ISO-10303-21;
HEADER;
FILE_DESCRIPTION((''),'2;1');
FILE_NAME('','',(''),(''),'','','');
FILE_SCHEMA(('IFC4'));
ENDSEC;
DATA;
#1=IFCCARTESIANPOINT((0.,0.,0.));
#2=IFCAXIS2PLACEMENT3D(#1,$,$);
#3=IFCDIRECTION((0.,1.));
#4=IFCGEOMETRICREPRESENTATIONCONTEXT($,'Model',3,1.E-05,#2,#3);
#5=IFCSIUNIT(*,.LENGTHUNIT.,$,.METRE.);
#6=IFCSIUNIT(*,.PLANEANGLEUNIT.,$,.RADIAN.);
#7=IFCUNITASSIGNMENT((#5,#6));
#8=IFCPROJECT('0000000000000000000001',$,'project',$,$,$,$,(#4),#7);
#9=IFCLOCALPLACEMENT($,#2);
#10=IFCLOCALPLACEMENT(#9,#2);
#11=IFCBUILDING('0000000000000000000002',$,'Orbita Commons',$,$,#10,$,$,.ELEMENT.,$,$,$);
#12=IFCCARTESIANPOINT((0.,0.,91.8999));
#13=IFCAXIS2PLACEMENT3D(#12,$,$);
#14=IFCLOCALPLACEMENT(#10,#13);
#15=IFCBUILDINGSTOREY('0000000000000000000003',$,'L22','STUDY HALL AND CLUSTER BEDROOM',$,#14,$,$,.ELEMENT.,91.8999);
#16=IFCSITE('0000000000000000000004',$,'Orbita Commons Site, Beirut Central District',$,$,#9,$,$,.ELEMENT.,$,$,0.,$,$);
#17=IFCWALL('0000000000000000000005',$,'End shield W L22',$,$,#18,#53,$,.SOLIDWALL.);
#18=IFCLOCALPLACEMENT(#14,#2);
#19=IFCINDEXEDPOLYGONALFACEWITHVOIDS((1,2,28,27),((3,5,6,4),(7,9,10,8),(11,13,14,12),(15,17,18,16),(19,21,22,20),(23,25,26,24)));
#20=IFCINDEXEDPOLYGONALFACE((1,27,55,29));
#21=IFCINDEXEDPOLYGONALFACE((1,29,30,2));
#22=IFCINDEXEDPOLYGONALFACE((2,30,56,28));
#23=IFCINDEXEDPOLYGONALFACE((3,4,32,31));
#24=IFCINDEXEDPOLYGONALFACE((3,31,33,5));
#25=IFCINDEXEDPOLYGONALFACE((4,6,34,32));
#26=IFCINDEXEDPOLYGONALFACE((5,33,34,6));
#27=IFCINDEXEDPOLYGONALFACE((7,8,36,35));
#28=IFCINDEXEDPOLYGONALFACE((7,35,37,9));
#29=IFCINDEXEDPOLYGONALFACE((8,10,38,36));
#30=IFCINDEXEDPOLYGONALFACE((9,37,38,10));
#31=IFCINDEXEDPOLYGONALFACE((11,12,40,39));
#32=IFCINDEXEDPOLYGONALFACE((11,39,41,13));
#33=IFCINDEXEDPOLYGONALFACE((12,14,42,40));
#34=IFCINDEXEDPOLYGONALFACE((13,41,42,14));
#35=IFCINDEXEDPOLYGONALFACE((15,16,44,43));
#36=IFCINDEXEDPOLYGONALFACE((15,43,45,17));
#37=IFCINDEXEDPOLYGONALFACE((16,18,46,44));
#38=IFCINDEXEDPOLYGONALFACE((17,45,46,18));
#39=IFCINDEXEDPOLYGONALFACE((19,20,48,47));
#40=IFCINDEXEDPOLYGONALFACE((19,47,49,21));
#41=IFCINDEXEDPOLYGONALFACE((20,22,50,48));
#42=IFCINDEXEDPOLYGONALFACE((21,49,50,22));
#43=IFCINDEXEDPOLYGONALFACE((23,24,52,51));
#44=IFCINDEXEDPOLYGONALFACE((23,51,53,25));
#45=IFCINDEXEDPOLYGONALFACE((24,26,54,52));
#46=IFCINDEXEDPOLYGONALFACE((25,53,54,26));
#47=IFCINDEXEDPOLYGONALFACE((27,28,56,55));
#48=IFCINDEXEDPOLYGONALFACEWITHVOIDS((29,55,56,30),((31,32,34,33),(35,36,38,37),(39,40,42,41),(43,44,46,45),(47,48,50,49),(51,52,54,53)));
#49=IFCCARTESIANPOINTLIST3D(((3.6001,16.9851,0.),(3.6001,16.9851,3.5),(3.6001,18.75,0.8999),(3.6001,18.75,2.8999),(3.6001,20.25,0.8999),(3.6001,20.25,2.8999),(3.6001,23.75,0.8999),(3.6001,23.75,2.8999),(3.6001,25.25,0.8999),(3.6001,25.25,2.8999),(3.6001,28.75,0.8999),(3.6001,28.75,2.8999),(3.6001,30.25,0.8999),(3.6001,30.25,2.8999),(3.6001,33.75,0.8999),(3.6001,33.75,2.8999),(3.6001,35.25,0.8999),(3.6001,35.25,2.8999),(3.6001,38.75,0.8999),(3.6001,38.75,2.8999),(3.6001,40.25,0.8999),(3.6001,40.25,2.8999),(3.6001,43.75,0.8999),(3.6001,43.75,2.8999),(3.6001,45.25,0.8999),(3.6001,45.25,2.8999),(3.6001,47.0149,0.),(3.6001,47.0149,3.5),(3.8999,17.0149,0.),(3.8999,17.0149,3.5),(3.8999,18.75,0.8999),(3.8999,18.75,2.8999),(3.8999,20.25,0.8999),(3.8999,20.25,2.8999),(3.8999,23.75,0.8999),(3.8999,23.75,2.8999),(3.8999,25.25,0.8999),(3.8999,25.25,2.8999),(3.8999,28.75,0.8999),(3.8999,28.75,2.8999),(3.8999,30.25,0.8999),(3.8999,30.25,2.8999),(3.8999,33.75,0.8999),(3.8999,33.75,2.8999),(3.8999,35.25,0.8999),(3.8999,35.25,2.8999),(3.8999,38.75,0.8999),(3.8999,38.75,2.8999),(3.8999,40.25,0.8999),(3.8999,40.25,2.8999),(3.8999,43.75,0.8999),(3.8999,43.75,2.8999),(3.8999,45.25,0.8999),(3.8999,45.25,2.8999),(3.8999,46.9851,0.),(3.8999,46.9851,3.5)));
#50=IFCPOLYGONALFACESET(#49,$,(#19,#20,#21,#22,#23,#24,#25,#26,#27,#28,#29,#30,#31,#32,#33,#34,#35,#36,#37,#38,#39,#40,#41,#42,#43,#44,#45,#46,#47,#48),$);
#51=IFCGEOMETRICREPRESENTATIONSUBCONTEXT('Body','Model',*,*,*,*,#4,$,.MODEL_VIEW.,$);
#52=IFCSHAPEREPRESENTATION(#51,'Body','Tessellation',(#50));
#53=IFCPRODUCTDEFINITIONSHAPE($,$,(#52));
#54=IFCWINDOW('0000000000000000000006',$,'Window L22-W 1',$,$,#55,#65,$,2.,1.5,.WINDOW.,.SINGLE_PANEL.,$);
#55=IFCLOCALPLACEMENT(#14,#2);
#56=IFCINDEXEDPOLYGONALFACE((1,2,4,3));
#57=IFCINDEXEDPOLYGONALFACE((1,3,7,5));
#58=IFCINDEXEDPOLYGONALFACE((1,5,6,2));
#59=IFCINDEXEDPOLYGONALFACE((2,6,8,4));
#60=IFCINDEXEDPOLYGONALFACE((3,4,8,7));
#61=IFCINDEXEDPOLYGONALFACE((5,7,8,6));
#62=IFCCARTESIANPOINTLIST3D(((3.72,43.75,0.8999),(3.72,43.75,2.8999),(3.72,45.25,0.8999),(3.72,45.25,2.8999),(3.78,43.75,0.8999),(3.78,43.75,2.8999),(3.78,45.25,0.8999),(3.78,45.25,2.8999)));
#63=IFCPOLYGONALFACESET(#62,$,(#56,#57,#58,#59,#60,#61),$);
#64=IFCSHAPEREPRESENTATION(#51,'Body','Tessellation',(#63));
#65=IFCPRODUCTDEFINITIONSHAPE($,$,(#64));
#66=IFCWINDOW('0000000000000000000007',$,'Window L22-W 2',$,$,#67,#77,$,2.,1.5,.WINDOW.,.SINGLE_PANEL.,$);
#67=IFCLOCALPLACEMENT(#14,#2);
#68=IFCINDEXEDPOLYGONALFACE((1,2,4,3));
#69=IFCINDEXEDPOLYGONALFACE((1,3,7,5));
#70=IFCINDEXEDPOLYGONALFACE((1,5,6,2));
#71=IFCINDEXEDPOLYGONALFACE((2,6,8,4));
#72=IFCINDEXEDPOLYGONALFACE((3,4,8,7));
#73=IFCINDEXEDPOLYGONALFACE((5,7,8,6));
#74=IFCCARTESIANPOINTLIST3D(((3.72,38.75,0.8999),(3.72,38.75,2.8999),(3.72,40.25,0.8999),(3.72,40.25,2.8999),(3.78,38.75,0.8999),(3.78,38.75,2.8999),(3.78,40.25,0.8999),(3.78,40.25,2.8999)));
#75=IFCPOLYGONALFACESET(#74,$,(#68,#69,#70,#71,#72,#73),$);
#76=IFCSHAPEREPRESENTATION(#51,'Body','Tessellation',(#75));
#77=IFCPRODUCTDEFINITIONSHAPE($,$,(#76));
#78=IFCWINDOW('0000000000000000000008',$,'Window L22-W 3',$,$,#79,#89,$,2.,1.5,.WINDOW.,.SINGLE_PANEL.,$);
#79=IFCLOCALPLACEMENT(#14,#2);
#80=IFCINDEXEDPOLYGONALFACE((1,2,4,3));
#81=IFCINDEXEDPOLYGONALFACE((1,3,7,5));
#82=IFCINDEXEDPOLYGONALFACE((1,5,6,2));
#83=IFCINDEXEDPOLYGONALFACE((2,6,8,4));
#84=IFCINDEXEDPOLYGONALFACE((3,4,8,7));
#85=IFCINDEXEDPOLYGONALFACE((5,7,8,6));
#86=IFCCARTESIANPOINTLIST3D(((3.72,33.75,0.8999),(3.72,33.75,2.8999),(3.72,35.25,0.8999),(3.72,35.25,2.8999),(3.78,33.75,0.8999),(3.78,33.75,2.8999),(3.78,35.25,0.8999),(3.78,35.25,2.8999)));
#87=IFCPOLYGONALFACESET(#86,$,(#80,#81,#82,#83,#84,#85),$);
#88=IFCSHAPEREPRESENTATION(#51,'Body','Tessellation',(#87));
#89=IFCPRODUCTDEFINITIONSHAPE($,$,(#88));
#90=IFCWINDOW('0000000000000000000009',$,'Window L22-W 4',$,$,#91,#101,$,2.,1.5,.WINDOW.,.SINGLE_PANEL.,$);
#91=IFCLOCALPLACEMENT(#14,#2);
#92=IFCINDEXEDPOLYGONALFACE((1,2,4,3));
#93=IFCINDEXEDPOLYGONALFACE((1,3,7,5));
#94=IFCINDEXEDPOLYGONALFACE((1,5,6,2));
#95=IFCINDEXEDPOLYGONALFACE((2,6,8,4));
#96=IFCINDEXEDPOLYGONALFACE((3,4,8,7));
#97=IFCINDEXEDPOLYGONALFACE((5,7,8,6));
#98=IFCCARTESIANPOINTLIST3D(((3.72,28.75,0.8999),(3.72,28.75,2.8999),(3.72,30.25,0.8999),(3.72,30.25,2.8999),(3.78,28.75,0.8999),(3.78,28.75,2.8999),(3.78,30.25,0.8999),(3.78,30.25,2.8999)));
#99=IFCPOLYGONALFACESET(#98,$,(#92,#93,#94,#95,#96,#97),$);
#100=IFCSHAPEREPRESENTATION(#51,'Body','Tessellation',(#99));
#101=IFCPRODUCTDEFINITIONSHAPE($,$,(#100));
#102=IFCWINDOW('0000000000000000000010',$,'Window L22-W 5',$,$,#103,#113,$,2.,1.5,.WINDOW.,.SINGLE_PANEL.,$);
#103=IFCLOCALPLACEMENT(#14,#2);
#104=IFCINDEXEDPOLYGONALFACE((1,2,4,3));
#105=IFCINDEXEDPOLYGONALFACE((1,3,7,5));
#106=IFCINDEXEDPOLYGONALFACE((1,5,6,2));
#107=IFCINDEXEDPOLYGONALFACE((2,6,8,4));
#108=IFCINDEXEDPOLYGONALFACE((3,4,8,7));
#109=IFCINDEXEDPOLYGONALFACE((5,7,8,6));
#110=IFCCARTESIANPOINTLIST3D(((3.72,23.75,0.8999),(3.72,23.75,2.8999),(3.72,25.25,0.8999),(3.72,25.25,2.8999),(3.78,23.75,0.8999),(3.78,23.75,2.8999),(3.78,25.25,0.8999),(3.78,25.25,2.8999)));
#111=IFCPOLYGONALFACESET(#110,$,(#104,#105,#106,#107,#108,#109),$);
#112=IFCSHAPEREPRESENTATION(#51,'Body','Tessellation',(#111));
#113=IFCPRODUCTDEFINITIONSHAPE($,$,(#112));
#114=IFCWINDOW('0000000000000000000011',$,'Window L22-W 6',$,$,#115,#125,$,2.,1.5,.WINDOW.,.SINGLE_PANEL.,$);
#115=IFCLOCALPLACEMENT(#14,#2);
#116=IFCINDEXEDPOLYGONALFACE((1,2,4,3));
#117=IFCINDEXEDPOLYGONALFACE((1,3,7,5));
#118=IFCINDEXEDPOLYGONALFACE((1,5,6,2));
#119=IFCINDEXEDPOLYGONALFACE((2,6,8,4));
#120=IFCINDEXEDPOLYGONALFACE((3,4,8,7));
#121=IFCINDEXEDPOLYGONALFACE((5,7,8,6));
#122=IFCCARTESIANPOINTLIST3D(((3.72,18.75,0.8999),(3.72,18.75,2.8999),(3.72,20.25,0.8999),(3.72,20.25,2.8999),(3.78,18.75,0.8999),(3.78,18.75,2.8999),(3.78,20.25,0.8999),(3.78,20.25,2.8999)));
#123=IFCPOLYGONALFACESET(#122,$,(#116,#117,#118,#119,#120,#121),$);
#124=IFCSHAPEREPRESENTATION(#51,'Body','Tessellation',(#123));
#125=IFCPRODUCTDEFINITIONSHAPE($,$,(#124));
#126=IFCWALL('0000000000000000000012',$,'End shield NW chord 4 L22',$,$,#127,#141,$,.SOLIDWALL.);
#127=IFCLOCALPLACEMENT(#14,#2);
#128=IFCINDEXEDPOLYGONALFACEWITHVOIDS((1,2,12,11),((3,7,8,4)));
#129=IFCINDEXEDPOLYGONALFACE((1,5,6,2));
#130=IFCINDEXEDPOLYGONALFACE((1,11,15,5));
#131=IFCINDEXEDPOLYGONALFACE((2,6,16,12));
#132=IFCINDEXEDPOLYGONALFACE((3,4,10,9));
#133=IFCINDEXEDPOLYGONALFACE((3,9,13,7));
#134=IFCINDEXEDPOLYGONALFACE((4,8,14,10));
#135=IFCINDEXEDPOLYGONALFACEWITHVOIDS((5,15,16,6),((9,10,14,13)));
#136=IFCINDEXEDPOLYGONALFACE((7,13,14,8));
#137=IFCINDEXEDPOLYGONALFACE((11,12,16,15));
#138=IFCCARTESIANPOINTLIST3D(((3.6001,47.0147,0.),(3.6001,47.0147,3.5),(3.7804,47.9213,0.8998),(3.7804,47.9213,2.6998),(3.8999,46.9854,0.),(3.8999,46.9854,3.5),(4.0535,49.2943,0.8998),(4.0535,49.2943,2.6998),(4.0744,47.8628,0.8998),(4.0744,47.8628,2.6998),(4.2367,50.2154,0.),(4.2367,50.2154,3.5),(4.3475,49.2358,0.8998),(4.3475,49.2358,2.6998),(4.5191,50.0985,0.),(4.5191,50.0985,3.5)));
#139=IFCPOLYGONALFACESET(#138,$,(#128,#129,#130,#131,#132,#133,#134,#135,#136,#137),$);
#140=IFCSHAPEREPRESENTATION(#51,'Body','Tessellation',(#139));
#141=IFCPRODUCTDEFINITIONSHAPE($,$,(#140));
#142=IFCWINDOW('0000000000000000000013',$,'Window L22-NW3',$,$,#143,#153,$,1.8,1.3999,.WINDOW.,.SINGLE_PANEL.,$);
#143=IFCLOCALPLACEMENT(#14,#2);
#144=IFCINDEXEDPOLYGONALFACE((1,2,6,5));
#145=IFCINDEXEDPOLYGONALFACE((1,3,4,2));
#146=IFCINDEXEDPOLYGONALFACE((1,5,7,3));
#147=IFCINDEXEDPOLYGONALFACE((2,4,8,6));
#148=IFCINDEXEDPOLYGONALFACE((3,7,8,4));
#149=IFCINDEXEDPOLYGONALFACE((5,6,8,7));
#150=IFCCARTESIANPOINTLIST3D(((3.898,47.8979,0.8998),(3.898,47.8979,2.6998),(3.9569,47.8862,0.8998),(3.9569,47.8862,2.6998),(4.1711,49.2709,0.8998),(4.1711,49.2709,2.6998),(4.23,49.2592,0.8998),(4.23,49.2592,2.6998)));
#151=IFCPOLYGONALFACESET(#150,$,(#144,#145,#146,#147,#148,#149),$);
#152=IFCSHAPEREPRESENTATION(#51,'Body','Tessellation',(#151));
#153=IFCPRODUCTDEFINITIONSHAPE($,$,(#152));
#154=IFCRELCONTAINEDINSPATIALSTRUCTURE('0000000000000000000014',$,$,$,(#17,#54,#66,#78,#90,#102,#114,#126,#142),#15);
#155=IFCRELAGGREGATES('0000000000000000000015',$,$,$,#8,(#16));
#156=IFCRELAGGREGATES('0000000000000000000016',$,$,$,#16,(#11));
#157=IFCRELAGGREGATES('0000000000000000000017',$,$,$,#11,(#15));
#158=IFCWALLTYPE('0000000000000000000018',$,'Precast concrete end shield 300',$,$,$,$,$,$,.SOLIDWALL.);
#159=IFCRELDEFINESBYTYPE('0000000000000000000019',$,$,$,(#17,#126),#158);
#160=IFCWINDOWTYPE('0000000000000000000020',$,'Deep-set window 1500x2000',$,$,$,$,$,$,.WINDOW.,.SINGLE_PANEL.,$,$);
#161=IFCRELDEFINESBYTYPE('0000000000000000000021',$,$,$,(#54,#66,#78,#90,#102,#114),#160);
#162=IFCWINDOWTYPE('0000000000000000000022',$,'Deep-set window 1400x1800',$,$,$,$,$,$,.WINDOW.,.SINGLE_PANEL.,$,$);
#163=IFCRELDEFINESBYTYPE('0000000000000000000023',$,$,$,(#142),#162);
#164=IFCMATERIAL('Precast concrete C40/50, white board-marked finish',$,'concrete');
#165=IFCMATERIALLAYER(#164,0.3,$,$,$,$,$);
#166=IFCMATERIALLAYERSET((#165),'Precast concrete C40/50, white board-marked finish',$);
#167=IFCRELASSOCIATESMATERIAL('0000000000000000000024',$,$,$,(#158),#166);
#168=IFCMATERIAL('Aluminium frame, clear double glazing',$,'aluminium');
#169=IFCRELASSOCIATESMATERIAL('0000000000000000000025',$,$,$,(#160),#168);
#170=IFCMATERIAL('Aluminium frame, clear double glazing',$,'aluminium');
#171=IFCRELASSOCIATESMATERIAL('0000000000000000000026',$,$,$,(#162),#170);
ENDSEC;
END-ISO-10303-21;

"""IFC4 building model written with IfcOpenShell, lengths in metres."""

from ifc_helpers import new_model, si_unit, direction, frame, frame_2d, origin, place, context, subcontext, project, spatial, polyline, rectangle, outline, extrude, material, layer, layer_set, type_object, element, fill, save


model = new_model("IFC4")

# Units and contexts
model_context = context("Model", 3, precision=1e-05, world=origin(), true_north=direction((0.0, 1.0)))
body_context = subcontext(model_context, "Body", "Model", "MODEL_VIEW")
ifc_project = project(units=[si_unit("LENGTHUNIT", "METRE"), si_unit("PLANEANGLEUNIT", "RADIAN")], contexts=[model_context])

# Site, building, storey
site_placement = place(None, origin())
site = spatial("IfcSite", under=ifc_project, at=site_placement, Name="Orbita Commons Site, Beirut Central District", CompositionType="ELEMENT", RefElevation=0.0)
building_placement = place(site_placement, origin())
building = spatial("IfcBuilding", under=site, at=building_placement, Name="Orbita Commons", CompositionType="ELEMENT")
storey_placement = place(building_placement, frame((0.0, 0.0, 91.8999)))
storey = spatial("IfcBuildingStorey", under=building, at=storey_placement, Name="L22", Description="STUDY HALL AND CLUSTER BEDROOM", CompositionType="ELEMENT", Elevation=91.8999)

# Wall, openings, windows
ifc_material_1 = material(Name="Precast concrete C40/50, white board-marked finish", Category="concrete")
ifc_layer_1 = layer(ifc_material_1, 0.3)
ifc_layer_set_1 = layer_set([ifc_layer_1], Name="Precast concrete C40/50, white board-marked finish")
wall_type_1 = type_object("IfcWallType", Name="Precast concrete end shield 300", PredefinedType="SOLIDWALL", material=ifc_layer_set_1)
wall_1_placement = place(storey_placement, frame((3.75, 47.0, 0.0), z_axis=(0.0, 0.0, 1.0), x_axis=(0.0, -1.0, 0.0)))
wall_1 = element("IfcWall", 1, at=wall_1_placement, inside=storey, type_object=wall_type_1, Name="End shield W L22", PredefinedType="SOLIDWALL", context=body_context, shape_type="SweptSolid", body=[
    extrude(outline(polyline([(-0.0149, -0.1499), (30.0149, -0.1499), (29.9851, 0.1499), (0.0149, 0.1499), (-0.0149, -0.1499)])), origin(), (0.0, 0.0, 1.0), 3.5),
])
opening_1_placement = place(wall_1_placement, frame((1.75, 0.0, 0.8999)))
opening_1 = element("IfcOpeningElement", 2, at=opening_1_placement, cuts=wall_1, PredefinedType="OPENING", context=body_context, shape_type="SweptSolid", body=[
    extrude(rectangle(XDim=1.5, YDim=2.0, at=frame_2d((0.75, 1.0))), frame((0.0, 0.1599, 0.0), z_axis=(0.0, -1.0, 0.0), x_axis=(1.0, 0.0, 0.0)), (0.0, 0.0, 1.0), 0.3201),
])
opening_2_placement = place(wall_1_placement, frame((6.75, 0.0, 0.8999)))
opening_2 = element("IfcOpeningElement", 3, at=opening_2_placement, cuts=wall_1, PredefinedType="OPENING", context=body_context, shape_type="SweptSolid", body=[
    extrude(rectangle(XDim=1.5, YDim=2.0, at=frame_2d((0.75, 1.0))), frame((0.0, 0.1599, 0.0), z_axis=(0.0, -1.0, 0.0), x_axis=(1.0, 0.0, 0.0)), (0.0, 0.0, 1.0), 0.3201),
])
opening_3_placement = place(wall_1_placement, frame((11.75, 0.0, 0.8999)))
opening_3 = element("IfcOpeningElement", 4, at=opening_3_placement, cuts=wall_1, PredefinedType="OPENING", context=body_context, shape_type="SweptSolid", body=[
    extrude(rectangle(XDim=1.5, YDim=2.0, at=frame_2d((0.75, 1.0))), frame((0.0, 0.1599, 0.0), z_axis=(0.0, -1.0, 0.0), x_axis=(1.0, 0.0, 0.0)), (0.0, 0.0, 1.0), 0.3201),
])
opening_4_placement = place(wall_1_placement, frame((16.75, 0.0, 0.8999)))
opening_4 = element("IfcOpeningElement", 5, at=opening_4_placement, cuts=wall_1, PredefinedType="OPENING", context=body_context, shape_type="SweptSolid", body=[
    extrude(rectangle(XDim=1.5, YDim=2.0, at=frame_2d((0.75, 1.0))), frame((0.0, 0.1599, 0.0), z_axis=(0.0, -1.0, 0.0), x_axis=(1.0, 0.0, 0.0)), (0.0, 0.0, 1.0), 0.3201),
])
opening_5_placement = place(wall_1_placement, frame((21.75, 0.0, 0.8999)))
opening_5 = element("IfcOpeningElement", 6, at=opening_5_placement, cuts=wall_1, PredefinedType="OPENING", context=body_context, shape_type="SweptSolid", body=[
    extrude(rectangle(XDim=1.5, YDim=2.0, at=frame_2d((0.75, 1.0))), frame((0.0, 0.1599, 0.0), z_axis=(0.0, -1.0, 0.0), x_axis=(1.0, 0.0, 0.0)), (0.0, 0.0, 1.0), 0.3201),
])
opening_6_placement = place(wall_1_placement, frame((26.75, 0.0, 0.8999)))
opening_6 = element("IfcOpeningElement", 7, at=opening_6_placement, cuts=wall_1, PredefinedType="OPENING", context=body_context, shape_type="SweptSolid", body=[
    extrude(rectangle(XDim=1.5, YDim=2.0, at=frame_2d((0.75, 1.0))), frame((0.0, 0.1599, 0.0), z_axis=(0.0, -1.0, 0.0), x_axis=(1.0, 0.0, 0.0)), (0.0, 0.0, 1.0), 0.3201),
])
ifc_material_2 = material(Name="Aluminium frame, clear double glazing", Category="aluminium")
window_type_1 = type_object("IfcWindowType", Name="Deep-set window 1500x2000", PartitioningType="SINGLE_PANEL", PredefinedType="WINDOW", material=ifc_material_2)
window_1_placement = place(opening_1_placement, origin())
window_1 = element("IfcWindow", 8, at=window_1_placement, inside=storey, type_object=window_type_1, Name="Window L22-W 1", OverallHeight=2.0, OverallWidth=1.5, PartitioningType="SINGLE_PANEL", PredefinedType="WINDOW", context=body_context, shape_type="SweptSolid", body=[
    extrude(rectangle(XDim=1.5, YDim=2.0, at=frame_2d((0.75, 1.0))), frame((0.0, 0.03, 0.0), z_axis=(0.0, -1.0, 0.0), x_axis=(1.0, 0.0, 0.0)), (0.0, 0.0, 1.0), 0.0601),
])
fill(opening_1, window_1)
window_2_placement = place(opening_2_placement, origin())
window_2 = element("IfcWindow", 9, at=window_2_placement, inside=storey, type_object=window_type_1, Name="Window L22-W 2", OverallHeight=2.0, OverallWidth=1.5, PartitioningType="SINGLE_PANEL", PredefinedType="WINDOW", context=body_context, shape_type="SweptSolid", body=[
    extrude(rectangle(XDim=1.5, YDim=2.0, at=frame_2d((0.75, 1.0))), frame((0.0, 0.03, 0.0), z_axis=(0.0, -1.0, 0.0), x_axis=(1.0, 0.0, 0.0)), (0.0, 0.0, 1.0), 0.0601),
])
fill(opening_2, window_2)
window_3_placement = place(opening_3_placement, origin())
window_3 = element("IfcWindow", 10, at=window_3_placement, inside=storey, type_object=window_type_1, Name="Window L22-W 3", OverallHeight=2.0, OverallWidth=1.5, PartitioningType="SINGLE_PANEL", PredefinedType="WINDOW", context=body_context, shape_type="SweptSolid", body=[
    extrude(rectangle(XDim=1.5, YDim=2.0, at=frame_2d((0.75, 1.0))), frame((0.0, 0.03, 0.0), z_axis=(0.0, -1.0, 0.0), x_axis=(1.0, 0.0, 0.0)), (0.0, 0.0, 1.0), 0.0601),
])
fill(opening_3, window_3)
window_4_placement = place(opening_4_placement, origin())
window_4 = element("IfcWindow", 11, at=window_4_placement, inside=storey, type_object=window_type_1, Name="Window L22-W 4", OverallHeight=2.0, OverallWidth=1.5, PartitioningType="SINGLE_PANEL", PredefinedType="WINDOW", context=body_context, shape_type="SweptSolid", body=[
    extrude(rectangle(XDim=1.5, YDim=2.0, at=frame_2d((0.75, 1.0))), frame((0.0, 0.03, 0.0), z_axis=(0.0, -1.0, 0.0), x_axis=(1.0, 0.0, 0.0)), (0.0, 0.0, 1.0), 0.0601),
])
fill(opening_4, window_4)
window_5_placement = place(opening_5_placement, origin())
window_5 = element("IfcWindow", 12, at=window_5_placement, inside=storey, type_object=window_type_1, Name="Window L22-W 5", OverallHeight=2.0, OverallWidth=1.5, PartitioningType="SINGLE_PANEL", PredefinedType="WINDOW", context=body_context, shape_type="SweptSolid", body=[
    extrude(rectangle(XDim=1.5, YDim=2.0, at=frame_2d((0.75, 1.0))), frame((0.0, 0.03, 0.0), z_axis=(0.0, -1.0, 0.0), x_axis=(1.0, 0.0, 0.0)), (0.0, 0.0, 1.0), 0.0601),
])
fill(opening_5, window_5)
window_6_placement = place(opening_6_placement, origin())
window_6 = element("IfcWindow", 13, at=window_6_placement, inside=storey, type_object=window_type_1, Name="Window L22-W 6", OverallHeight=2.0, OverallWidth=1.5, PartitioningType="SINGLE_PANEL", PredefinedType="WINDOW", context=body_context, shape_type="SweptSolid", body=[
    extrude(rectangle(XDim=1.5, YDim=2.0, at=frame_2d((0.75, 1.0))), frame((0.0, 0.03, 0.0), z_axis=(0.0, -1.0, 0.0), x_axis=(1.0, 0.0, 0.0)), (0.0, 0.0, 1.0), 0.0601),
])
fill(opening_6, window_6)

# Wall, opening, window
wall_2_placement = place(storey_placement, frame((4.3779, 50.157, 0.0), z_axis=(0.0, 0.0, 1.0), x_axis=(-0.19508, -0.980787, 0.0)))
wall_2 = element("IfcWall", 14, at=wall_2_placement, inside=storey, type_object=wall_type_1, Name="End shield NW chord 4 L22", PredefinedType="SOLIDWALL", context=body_context, shape_type="SweptSolid", body=[
    extrude(outline(polyline([(-0.0298, -0.1499), (3.2336, -0.1499), (3.2039, 0.1499), (0.0298, 0.1499), (-0.0298, -0.1499)])), origin(), (0.0, 0.0, 1.0), 3.5),
])
opening_7_placement = place(wall_2_placement, frame((0.9094, 0.0, 0.8999)))
opening_7 = element("IfcOpeningElement", 15, at=opening_7_placement, cuts=wall_2, PredefinedType="OPENING", context=body_context, shape_type="SweptSolid", body=[
    extrude(rectangle(XDim=1.3999, YDim=1.8, at=frame_2d((0.7, 0.8999))), frame((0.0, 0.1599, 0.0), z_axis=(0.0, -1.0, 0.0), x_axis=(1.0, 0.0, 0.0)), (0.0, 0.0, 1.0), 0.3201),
])
ifc_material_3 = material(Name="Aluminium frame, clear double glazing", Category="aluminium")
window_type_2 = type_object("IfcWindowType", Name="Deep-set window 1400x1800", PartitioningType="SINGLE_PANEL", PredefinedType="WINDOW", material=ifc_material_3)
window_7_placement = place(opening_7_placement, origin())
window_7 = element("IfcWindow", 16, at=window_7_placement, inside=storey, type_object=window_type_2, Name="Window L22-NW3", OverallHeight=1.8, OverallWidth=1.3999, PartitioningType="SINGLE_PANEL", PredefinedType="WINDOW", context=body_context, shape_type="SweptSolid", body=[
    extrude(rectangle(XDim=1.3999, YDim=1.8, at=frame_2d((0.7, 0.8999))), frame((0.0, 0.03, 0.0), z_axis=(0.0, -1.0, 0.0), x_axis=(1.0, 0.0, 0.0)), (0.0, 0.0, 1.0), 0.0601),
])
fill(opening_7, window_7)

save(model, "model.ifc")
